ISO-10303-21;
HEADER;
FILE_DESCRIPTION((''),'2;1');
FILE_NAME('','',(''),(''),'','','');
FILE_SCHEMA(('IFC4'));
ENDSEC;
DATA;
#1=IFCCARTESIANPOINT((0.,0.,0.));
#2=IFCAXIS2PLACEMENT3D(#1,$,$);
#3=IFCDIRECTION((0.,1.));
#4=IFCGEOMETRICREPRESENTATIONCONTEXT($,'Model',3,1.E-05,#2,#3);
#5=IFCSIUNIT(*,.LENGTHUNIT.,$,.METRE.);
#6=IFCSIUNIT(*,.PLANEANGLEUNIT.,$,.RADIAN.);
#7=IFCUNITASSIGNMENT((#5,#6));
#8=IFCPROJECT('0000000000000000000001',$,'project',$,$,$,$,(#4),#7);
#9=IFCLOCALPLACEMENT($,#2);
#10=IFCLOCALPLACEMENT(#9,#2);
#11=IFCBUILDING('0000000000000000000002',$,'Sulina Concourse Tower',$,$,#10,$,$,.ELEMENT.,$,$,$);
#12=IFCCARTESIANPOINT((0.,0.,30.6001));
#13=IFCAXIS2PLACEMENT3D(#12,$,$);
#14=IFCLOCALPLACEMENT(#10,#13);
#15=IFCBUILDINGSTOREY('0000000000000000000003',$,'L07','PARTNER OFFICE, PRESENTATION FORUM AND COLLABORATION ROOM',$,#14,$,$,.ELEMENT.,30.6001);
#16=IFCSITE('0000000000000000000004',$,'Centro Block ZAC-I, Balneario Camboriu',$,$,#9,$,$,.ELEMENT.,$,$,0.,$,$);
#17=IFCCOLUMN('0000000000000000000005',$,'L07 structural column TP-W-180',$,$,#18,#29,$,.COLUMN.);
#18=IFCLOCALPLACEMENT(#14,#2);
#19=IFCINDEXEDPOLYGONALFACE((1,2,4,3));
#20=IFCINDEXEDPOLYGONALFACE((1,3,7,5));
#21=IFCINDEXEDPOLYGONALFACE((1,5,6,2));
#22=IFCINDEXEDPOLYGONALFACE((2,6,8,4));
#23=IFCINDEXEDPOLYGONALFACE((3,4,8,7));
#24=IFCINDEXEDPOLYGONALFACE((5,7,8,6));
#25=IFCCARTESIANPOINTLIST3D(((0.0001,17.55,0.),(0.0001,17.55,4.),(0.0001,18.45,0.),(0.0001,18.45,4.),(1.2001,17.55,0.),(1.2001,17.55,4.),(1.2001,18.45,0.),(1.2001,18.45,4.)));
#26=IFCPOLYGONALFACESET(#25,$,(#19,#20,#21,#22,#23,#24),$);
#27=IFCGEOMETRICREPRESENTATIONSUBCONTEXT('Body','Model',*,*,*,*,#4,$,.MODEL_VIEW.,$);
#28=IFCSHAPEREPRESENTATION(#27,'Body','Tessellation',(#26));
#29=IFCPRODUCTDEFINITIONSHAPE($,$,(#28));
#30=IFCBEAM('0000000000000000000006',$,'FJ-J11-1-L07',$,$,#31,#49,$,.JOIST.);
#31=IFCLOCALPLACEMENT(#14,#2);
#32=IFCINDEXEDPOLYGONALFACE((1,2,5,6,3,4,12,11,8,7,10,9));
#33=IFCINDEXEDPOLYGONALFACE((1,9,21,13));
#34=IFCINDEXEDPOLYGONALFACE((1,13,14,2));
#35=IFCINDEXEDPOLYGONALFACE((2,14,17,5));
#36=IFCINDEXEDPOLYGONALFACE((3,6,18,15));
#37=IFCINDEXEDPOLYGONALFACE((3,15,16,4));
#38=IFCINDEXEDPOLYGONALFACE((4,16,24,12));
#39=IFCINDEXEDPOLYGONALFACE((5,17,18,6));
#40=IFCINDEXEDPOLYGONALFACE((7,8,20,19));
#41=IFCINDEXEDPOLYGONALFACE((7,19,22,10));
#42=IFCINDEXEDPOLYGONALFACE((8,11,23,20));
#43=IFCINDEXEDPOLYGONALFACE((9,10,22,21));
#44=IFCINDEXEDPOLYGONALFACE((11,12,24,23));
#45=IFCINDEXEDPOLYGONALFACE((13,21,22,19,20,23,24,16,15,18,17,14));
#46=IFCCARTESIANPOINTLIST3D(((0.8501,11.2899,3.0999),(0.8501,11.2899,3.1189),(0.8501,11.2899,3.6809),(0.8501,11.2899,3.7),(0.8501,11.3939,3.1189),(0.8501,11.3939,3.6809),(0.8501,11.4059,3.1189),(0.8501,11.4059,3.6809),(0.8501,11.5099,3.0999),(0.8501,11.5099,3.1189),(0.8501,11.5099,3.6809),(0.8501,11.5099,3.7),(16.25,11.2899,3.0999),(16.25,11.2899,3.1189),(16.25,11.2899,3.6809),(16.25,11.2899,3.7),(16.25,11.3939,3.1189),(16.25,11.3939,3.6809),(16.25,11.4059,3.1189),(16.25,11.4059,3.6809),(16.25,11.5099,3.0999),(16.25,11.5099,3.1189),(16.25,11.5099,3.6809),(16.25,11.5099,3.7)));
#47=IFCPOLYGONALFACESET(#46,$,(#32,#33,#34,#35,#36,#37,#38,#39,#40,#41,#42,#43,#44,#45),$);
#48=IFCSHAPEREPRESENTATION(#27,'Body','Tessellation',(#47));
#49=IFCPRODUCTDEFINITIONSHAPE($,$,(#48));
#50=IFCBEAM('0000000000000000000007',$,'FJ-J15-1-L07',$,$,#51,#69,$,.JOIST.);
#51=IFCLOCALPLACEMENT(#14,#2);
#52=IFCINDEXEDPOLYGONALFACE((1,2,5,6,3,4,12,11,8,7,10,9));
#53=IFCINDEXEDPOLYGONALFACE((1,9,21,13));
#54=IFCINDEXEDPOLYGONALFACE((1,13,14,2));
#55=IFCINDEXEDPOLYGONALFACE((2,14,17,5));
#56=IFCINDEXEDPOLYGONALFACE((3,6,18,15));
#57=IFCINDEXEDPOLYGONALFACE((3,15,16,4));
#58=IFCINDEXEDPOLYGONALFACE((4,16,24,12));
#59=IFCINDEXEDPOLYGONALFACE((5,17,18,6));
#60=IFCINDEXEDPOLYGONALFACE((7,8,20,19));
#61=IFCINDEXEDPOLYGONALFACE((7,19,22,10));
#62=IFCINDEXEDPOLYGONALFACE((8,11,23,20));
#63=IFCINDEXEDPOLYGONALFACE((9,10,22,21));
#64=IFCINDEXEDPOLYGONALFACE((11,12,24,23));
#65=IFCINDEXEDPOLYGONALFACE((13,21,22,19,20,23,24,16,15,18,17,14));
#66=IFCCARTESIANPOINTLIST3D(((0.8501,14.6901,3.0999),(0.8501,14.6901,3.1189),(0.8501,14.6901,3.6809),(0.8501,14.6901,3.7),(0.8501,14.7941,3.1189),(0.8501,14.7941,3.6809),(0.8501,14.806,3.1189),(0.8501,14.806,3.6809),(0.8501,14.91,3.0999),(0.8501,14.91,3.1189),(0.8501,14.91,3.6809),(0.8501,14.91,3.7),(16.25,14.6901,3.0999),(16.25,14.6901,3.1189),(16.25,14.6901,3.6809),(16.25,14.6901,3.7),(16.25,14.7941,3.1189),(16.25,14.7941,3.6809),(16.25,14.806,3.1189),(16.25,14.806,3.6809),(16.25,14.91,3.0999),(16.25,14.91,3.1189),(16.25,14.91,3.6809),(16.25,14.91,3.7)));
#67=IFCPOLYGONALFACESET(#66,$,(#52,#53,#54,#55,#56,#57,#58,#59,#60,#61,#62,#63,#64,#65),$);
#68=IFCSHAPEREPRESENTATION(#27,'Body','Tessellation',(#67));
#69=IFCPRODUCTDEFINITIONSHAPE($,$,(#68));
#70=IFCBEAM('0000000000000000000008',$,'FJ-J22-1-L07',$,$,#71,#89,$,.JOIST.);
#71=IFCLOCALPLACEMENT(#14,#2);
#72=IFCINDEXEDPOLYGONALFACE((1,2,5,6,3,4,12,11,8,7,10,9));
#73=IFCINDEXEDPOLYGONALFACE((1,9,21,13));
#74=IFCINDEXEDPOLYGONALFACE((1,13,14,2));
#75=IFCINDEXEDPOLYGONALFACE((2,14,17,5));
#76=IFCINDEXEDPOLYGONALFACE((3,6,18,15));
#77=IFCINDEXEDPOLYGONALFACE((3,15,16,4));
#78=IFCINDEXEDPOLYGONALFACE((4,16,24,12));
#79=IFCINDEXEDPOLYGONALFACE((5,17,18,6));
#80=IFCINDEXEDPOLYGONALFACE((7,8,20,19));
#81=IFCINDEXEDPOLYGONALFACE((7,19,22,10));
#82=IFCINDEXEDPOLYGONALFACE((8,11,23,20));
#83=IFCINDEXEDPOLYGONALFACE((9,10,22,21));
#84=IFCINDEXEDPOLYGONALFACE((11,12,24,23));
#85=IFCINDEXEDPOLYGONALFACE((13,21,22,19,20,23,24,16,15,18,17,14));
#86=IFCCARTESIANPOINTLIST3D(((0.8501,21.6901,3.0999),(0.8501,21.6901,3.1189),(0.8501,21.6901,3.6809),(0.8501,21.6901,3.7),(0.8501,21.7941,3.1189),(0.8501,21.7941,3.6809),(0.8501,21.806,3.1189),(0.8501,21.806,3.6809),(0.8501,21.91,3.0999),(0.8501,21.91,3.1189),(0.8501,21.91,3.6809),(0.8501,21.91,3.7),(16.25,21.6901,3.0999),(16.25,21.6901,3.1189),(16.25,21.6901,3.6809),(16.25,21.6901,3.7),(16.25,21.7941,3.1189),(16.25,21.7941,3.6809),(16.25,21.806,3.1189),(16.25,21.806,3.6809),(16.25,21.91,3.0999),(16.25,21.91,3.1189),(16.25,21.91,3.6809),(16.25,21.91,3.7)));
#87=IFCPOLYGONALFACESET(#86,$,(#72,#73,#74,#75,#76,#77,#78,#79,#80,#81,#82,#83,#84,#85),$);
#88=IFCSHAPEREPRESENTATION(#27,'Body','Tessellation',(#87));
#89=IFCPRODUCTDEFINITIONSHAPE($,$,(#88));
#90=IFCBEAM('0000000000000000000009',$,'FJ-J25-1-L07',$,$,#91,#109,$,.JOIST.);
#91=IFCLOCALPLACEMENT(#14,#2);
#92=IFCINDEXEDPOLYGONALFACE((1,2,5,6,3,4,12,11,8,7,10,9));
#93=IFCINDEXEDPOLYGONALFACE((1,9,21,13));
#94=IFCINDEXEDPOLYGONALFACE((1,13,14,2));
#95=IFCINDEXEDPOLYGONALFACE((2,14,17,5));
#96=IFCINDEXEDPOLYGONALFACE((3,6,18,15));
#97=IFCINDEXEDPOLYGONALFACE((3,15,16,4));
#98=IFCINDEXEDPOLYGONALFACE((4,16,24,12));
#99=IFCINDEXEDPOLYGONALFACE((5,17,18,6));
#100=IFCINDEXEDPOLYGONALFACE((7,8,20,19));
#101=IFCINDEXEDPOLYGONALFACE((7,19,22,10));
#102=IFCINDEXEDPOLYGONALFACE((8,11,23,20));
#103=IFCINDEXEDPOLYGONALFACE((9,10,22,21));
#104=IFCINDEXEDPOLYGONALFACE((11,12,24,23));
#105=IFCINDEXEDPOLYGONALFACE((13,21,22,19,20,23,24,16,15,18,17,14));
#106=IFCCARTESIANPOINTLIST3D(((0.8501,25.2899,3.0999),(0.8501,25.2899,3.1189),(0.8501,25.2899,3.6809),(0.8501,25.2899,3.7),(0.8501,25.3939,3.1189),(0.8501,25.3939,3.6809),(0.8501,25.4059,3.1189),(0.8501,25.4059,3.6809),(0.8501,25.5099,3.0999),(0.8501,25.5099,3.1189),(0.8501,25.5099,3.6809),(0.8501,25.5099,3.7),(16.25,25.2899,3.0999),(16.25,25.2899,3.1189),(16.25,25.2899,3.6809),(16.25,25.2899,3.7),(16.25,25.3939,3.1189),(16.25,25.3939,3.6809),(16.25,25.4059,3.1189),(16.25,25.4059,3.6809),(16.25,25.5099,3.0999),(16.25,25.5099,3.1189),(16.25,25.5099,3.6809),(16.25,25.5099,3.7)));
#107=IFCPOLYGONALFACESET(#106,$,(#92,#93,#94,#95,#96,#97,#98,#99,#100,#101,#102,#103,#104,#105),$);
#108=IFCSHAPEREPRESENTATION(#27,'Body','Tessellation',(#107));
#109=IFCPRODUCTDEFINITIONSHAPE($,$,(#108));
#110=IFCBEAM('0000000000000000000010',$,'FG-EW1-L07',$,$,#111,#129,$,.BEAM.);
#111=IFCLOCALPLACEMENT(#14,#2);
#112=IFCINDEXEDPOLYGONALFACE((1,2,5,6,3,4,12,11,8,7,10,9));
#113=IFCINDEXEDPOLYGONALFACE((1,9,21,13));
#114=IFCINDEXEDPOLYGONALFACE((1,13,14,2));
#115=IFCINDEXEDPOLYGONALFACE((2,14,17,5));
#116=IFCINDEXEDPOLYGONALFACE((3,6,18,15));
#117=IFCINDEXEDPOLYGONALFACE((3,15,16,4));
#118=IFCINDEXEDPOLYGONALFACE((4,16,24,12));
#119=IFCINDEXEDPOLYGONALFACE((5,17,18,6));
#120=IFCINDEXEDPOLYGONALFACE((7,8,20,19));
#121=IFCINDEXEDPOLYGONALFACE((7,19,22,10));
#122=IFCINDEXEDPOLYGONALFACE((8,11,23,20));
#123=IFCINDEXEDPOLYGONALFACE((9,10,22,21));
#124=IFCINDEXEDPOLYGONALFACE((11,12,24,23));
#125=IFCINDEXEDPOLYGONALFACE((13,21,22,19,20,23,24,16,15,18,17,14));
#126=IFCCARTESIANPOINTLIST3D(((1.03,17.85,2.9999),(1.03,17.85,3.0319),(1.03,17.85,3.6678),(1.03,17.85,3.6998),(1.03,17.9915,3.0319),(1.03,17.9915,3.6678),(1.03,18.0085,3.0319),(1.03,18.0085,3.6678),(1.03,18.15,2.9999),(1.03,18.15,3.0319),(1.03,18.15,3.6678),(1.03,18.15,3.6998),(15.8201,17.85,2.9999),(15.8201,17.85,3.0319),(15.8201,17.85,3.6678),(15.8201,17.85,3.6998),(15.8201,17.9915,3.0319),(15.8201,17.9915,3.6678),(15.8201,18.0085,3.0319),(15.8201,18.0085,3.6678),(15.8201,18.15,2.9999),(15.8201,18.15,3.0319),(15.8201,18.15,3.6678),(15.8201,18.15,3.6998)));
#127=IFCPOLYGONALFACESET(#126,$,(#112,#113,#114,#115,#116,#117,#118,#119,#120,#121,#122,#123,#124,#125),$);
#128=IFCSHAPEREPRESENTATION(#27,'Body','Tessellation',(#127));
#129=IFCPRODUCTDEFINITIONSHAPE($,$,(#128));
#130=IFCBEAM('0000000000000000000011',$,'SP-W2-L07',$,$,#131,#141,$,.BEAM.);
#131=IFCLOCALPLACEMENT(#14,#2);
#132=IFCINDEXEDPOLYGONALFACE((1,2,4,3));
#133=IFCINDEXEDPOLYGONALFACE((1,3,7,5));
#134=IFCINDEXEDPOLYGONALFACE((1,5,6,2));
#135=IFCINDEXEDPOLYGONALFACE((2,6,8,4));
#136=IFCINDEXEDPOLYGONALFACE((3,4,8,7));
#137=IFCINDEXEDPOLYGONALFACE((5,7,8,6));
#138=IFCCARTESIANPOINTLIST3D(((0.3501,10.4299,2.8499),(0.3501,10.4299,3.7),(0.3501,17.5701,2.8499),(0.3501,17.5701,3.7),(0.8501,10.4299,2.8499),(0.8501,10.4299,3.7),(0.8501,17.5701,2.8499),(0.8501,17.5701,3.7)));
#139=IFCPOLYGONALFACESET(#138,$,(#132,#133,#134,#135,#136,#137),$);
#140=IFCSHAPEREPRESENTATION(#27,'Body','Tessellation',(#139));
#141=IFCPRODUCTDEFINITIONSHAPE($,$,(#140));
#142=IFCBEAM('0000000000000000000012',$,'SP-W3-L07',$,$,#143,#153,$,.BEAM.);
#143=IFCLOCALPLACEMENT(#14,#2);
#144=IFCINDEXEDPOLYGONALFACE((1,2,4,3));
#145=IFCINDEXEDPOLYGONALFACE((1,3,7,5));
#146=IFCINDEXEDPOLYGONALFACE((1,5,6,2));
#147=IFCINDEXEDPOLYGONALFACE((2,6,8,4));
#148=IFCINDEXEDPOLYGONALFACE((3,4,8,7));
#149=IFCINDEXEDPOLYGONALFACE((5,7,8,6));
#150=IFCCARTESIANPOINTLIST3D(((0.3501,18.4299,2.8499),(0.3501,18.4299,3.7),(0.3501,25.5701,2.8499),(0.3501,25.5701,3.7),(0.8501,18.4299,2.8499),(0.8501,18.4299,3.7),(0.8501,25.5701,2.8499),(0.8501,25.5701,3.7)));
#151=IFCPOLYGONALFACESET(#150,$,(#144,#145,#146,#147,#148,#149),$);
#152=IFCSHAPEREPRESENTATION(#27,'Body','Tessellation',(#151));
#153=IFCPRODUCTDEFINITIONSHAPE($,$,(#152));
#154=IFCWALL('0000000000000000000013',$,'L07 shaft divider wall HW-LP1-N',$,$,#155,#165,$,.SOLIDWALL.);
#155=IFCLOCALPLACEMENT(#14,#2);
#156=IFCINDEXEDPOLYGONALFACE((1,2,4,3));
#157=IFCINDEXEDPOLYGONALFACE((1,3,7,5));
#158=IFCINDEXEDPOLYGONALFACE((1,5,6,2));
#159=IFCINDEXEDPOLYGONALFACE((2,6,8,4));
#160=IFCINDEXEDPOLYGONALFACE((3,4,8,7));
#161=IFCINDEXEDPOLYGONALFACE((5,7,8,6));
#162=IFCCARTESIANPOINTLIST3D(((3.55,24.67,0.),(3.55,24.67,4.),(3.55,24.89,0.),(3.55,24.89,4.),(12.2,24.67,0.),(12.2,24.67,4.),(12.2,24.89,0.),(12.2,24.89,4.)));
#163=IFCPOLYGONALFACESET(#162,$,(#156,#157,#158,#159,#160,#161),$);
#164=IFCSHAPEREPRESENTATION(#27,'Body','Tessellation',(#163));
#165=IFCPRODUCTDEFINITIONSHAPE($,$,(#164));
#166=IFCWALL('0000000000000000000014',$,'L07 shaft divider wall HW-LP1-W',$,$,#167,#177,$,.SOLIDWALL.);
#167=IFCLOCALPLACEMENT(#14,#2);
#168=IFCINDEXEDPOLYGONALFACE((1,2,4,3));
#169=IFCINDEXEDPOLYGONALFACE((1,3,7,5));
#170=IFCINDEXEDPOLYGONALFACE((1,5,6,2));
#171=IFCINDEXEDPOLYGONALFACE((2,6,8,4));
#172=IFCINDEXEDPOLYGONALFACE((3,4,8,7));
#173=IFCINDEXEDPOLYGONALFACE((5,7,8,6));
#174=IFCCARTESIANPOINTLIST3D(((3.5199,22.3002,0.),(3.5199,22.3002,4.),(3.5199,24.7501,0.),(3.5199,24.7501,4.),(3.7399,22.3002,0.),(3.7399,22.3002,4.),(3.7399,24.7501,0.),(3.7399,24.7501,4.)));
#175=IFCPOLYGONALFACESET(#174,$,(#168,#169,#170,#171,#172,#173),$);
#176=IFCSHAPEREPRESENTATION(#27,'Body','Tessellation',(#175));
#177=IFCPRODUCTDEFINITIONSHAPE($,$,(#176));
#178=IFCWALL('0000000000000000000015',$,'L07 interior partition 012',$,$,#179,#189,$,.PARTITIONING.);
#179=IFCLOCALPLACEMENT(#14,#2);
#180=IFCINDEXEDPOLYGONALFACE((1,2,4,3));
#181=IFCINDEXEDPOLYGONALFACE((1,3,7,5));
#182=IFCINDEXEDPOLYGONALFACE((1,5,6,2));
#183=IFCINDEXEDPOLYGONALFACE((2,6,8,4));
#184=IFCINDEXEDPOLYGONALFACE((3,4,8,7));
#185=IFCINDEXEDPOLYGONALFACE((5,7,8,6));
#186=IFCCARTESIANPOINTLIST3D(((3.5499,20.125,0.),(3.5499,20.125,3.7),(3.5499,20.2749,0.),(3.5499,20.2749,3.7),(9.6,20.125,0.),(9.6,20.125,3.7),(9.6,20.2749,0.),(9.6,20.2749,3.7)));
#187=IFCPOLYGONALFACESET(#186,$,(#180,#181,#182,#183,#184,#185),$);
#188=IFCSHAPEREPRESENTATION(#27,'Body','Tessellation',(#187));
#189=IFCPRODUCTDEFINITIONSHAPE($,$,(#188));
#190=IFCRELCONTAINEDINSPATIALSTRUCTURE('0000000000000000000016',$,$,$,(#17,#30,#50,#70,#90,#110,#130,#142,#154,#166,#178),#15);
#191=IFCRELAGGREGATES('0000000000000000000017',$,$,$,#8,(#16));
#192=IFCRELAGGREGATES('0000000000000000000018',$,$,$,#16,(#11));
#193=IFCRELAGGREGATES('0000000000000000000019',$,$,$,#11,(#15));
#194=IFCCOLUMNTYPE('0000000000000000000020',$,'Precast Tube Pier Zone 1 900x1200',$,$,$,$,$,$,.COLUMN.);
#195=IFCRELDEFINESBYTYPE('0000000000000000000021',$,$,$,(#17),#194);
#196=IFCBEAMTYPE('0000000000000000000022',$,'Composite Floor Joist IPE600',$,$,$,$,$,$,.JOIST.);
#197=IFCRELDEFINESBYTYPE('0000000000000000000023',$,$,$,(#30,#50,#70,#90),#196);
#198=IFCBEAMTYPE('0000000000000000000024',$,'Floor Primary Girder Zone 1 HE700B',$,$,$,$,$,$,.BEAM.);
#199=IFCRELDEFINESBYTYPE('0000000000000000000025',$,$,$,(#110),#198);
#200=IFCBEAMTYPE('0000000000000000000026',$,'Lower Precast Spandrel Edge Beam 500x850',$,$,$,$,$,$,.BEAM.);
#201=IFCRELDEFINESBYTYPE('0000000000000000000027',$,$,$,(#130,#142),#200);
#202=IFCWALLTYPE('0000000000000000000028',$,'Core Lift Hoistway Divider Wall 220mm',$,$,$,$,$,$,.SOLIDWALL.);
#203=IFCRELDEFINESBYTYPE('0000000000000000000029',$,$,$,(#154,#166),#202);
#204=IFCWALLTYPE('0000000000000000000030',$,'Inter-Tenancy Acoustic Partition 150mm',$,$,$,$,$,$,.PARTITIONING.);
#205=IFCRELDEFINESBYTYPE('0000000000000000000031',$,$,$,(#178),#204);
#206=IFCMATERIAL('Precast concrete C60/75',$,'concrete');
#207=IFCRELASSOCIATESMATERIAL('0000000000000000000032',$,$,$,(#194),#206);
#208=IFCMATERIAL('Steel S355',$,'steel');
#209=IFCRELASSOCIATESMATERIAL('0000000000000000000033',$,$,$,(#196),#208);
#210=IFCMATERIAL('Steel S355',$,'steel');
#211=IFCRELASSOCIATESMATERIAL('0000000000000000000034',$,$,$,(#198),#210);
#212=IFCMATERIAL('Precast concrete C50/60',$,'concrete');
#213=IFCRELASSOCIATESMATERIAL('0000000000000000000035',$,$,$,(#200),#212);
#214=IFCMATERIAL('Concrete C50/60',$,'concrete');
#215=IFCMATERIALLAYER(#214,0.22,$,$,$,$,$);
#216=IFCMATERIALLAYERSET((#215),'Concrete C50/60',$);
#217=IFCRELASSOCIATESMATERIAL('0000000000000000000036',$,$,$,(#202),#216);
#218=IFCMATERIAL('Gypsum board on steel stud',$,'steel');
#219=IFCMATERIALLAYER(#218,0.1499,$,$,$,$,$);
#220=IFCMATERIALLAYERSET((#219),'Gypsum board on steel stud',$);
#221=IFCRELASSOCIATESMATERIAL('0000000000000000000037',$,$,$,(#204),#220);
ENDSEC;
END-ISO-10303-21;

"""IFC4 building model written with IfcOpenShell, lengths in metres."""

from ifc_helpers import new_model, si_unit, direction, frame, frame_2d, origin, origin_2d, place, context, subcontext, project, spatial, rectangle, i_section, extrude, material, layer, layer_set, material_profile, profile_set, type_object, element, save


model = new_model("IFC4")

# Units and contexts
model_context = context("Model", 3, precision=1e-05, world=origin(), true_north=direction((0.0, 1.0)))
body_context = subcontext(model_context, "Body", "Model", "MODEL_VIEW")
ifc_project = project(units=[si_unit("LENGTHUNIT", "METRE"), si_unit("PLANEANGLEUNIT", "RADIAN")], contexts=[model_context])

# Site, building, storey
site_placement = place(None, origin())
site = spatial("IfcSite", under=ifc_project, at=site_placement, Name="Centro Block ZAC-I, Balneario Camboriu", CompositionType="ELEMENT", RefElevation=0.0)
building_placement = place(site_placement, origin())
building = spatial("IfcBuilding", under=site, at=building_placement, Name="Sulina Concourse Tower", CompositionType="ELEMENT")
storey_placement = place(building_placement, frame((0.0, 0.0, 30.6001)))
storey = spatial("IfcBuildingStorey", under=building, at=storey_placement, Name="L07", Description="PARTNER OFFICE, PRESENTATION FORUM AND COLLABORATION ROOM", CompositionType="ELEMENT", Elevation=30.6001)

# Column
ifc_material_1 = material(Name="Precast concrete C60/75", Category="concrete")
ifc_material_profile_1 = material_profile(ifc_material_1, rectangle(XDim=0.8999, YDim=1.2, at=origin_2d()), Name="PC 900x1200")
ifc_profile_set_1 = profile_set([ifc_material_profile_1], Name="Precast concrete C60/75")
column_type = type_object("IfcColumnType", Name="Precast Tube Pier Zone 1 900x1200", PredefinedType="COLUMN", material=ifc_profile_set_1)
column_placement = place(storey_placement, frame((0.6001, 18.0, 0.0), z_axis=(0.0, 0.0, 1.0), x_axis=(0.0, 1.0, 0.0)))
element("IfcColumn", 1, at=column_placement, inside=storey, type_object=column_type, Name="L07 structural column TP-W-180", PredefinedType="COLUMN", context=body_context, shape_type="SweptSolid", body=[
    extrude(rectangle(XDim=0.8999, YDim=1.2, at=origin_2d()), origin(), (0.0, 0.0, 1.0), 4.0),
])

# Beams
ifc_material_2 = material(Name="Steel S355", Category="steel")
ifc_material_profile_2 = material_profile(ifc_material_2, i_section(OverallWidth=0.22, OverallDepth=0.6001, WebThickness=0.012, FlangeThickness=0.019, at=origin_2d()), Name="IPE 600")
ifc_profile_set_2 = profile_set([ifc_material_profile_2], Name="Steel S355")
beam_type_1 = type_object("IfcBeamType", Name="Composite Floor Joist IPE600", PredefinedType="JOIST", material=ifc_profile_set_2)
for number, where, z_axis, x_axis, name in (
    (2, (0.8501, 11.3999, 3.3999), (1.0, 0.0, 0.0), (0.0, 1.0, 0.0), "FJ-J11-1-L07"),
    (3, (0.8501, 14.8, 3.3999), (1.0, 0.0, 0.0), (0.0, 1.0, 0.0), "FJ-J15-1-L07"),
    (4, (0.8501, 21.8, 3.3999), (1.0, 0.0, 0.0), (0.0, 1.0, 0.0), "FJ-J22-1-L07"),
    (5, (0.8501, 25.3999, 3.3999), (1.0, 0.0, 0.0), (0.0, 1.0, 0.0), "FJ-J25-1-L07"),
):
    element("IfcBeam", number, at=place(storey_placement, frame(where, z_axis=z_axis, x_axis=x_axis)), inside=storey, type_object=beam_type_1, Name=name, PredefinedType="JOIST", context=body_context, shape_type="SweptSolid", body=[
        extrude(i_section(OverallWidth=0.22, OverallDepth=0.6001, WebThickness=0.012, FlangeThickness=0.019, at=origin_2d()), origin(), (0.0, 0.0, 1.0), 15.3999),
    ])
ifc_material_3 = material(Name="Steel S355", Category="steel")
ifc_material_profile_3 = material_profile(ifc_material_3, i_section(OverallWidth=0.3, OverallDepth=0.7, WebThickness=0.0171, FlangeThickness=0.032, at=origin_2d()), Name="HE 700 B")
ifc_profile_set_3 = profile_set([ifc_material_profile_3], Name="Steel S355")
beam_type_2 = type_object("IfcBeamType", Name="Floor Primary Girder Zone 1 HE700B", PredefinedType="BEAM", material=ifc_profile_set_3)
beam_placement = place(storey_placement, frame((1.03, 18.0, 3.3499), z_axis=(1.0, 0.0, 0.0), x_axis=(0.0, 1.0, 0.0)))
element("IfcBeam", 6, at=beam_placement, inside=storey, type_object=beam_type_2, Name="FG-EW1-L07", PredefinedType="BEAM", context=body_context, shape_type="SweptSolid", body=[
    extrude(i_section(OverallWidth=0.3, OverallDepth=0.7, WebThickness=0.0171, FlangeThickness=0.032, at=origin_2d()), origin(), (0.0, 0.0, 1.0), 14.79),
])
ifc_material_4 = material(Name="Precast concrete C50/60", Category="concrete")
ifc_material_profile_4 = material_profile(ifc_material_4, rectangle(XDim=0.5, YDim=0.8501, at=origin_2d()), Name="RC 500x850")
ifc_profile_set_4 = profile_set([ifc_material_profile_4], Name="Precast concrete C50/60")
beam_type_3 = type_object("IfcBeamType", Name="Lower Precast Spandrel Edge Beam 500x850", PredefinedType="BEAM", material=ifc_profile_set_4)
for number, where, z_axis, x_axis, name in (
    (7, (0.6001, 10.4299, 3.2749), (0.0, 1.0, 0.0), (-1.0, 0.0, 0.0), "SP-W2-L07"),
    (8, (0.6001, 18.4299, 3.2749), (0.0, 1.0, 0.0), (-1.0, 0.0, 0.0), "SP-W3-L07"),
):
    element("IfcBeam", number, at=place(storey_placement, frame(where, z_axis=z_axis, x_axis=x_axis)), inside=storey, type_object=beam_type_3, Name=name, PredefinedType="BEAM", context=body_context, shape_type="SweptSolid", body=[
        extrude(rectangle(XDim=0.5, YDim=0.8501, at=origin_2d()), origin(), (0.0, 0.0, 1.0), 7.1401),
    ])

# Walls
ifc_material_5 = material(Name="Concrete C50/60", Category="concrete")
ifc_layer_1 = layer(ifc_material_5, 0.22)
ifc_layer_set_1 = layer_set([ifc_layer_1], Name="Concrete C50/60")
wall_type_1 = type_object("IfcWallType", Name="Core Lift Hoistway Divider Wall 220mm", PredefinedType="SOLIDWALL", material=ifc_layer_set_1)
wall_1_placement = place(storey_placement, frame((3.55, 24.78, 0.0), z_axis=(0.0, 0.0, 1.0), x_axis=(1.0, 0.0, 0.0)))
element("IfcWall", 9, at=wall_1_placement, inside=storey, type_object=wall_type_1, Name="L07 shaft divider wall HW-LP1-N", PredefinedType="SOLIDWALL", context=body_context, shape_type="SweptSolid", body=[
    extrude(rectangle(XDim=8.6499, YDim=0.22, at=frame_2d((4.325, 0.0))), origin(), (0.0, 0.0, 1.0), 4.0),
])
wall_2_placement = place(storey_placement, frame((3.6299, 22.3, 0.0), z_axis=(0.0, 0.0, 1.0), x_axis=(0.0, 1.0, 0.0)))
element("IfcWall", 10, at=wall_2_placement, inside=storey, type_object=wall_type_1, Name="L07 shaft divider wall HW-LP1-W", PredefinedType="SOLIDWALL", context=body_context, shape_type="SweptSolid", body=[
    extrude(rectangle(XDim=2.45, YDim=0.22, at=frame_2d((1.2251, 0.0))), origin(), (0.0, 0.0, 1.0), 4.0),
])
ifc_material_6 = material(Name="Gypsum board on steel stud", Category="steel")
ifc_layer_2 = layer(ifc_material_6, 0.1499)
ifc_layer_set_2 = layer_set([ifc_layer_2], Name="Gypsum board on steel stud")
wall_type_2 = type_object("IfcWallType", Name="Inter-Tenancy Acoustic Partition 150mm", PredefinedType="PARTITIONING", material=ifc_layer_set_2)
wall_3_placement = place(storey_placement, frame((3.55, 20.2, 0.0), z_axis=(0.0, 0.0, 1.0), x_axis=(1.0, 0.0, 0.0)))
element("IfcWall", 11, at=wall_3_placement, inside=storey, type_object=wall_type_2, Name="L07 interior partition 012", PredefinedType="PARTITIONING", context=body_context, shape_type="SweptSolid", body=[
    extrude(rectangle(XDim=6.05, YDim=0.1499, at=frame_2d((3.0249, 0.0))), origin(), (0.0, 0.0, 1.0), 3.7),
])

save(model, "model.ifc")
